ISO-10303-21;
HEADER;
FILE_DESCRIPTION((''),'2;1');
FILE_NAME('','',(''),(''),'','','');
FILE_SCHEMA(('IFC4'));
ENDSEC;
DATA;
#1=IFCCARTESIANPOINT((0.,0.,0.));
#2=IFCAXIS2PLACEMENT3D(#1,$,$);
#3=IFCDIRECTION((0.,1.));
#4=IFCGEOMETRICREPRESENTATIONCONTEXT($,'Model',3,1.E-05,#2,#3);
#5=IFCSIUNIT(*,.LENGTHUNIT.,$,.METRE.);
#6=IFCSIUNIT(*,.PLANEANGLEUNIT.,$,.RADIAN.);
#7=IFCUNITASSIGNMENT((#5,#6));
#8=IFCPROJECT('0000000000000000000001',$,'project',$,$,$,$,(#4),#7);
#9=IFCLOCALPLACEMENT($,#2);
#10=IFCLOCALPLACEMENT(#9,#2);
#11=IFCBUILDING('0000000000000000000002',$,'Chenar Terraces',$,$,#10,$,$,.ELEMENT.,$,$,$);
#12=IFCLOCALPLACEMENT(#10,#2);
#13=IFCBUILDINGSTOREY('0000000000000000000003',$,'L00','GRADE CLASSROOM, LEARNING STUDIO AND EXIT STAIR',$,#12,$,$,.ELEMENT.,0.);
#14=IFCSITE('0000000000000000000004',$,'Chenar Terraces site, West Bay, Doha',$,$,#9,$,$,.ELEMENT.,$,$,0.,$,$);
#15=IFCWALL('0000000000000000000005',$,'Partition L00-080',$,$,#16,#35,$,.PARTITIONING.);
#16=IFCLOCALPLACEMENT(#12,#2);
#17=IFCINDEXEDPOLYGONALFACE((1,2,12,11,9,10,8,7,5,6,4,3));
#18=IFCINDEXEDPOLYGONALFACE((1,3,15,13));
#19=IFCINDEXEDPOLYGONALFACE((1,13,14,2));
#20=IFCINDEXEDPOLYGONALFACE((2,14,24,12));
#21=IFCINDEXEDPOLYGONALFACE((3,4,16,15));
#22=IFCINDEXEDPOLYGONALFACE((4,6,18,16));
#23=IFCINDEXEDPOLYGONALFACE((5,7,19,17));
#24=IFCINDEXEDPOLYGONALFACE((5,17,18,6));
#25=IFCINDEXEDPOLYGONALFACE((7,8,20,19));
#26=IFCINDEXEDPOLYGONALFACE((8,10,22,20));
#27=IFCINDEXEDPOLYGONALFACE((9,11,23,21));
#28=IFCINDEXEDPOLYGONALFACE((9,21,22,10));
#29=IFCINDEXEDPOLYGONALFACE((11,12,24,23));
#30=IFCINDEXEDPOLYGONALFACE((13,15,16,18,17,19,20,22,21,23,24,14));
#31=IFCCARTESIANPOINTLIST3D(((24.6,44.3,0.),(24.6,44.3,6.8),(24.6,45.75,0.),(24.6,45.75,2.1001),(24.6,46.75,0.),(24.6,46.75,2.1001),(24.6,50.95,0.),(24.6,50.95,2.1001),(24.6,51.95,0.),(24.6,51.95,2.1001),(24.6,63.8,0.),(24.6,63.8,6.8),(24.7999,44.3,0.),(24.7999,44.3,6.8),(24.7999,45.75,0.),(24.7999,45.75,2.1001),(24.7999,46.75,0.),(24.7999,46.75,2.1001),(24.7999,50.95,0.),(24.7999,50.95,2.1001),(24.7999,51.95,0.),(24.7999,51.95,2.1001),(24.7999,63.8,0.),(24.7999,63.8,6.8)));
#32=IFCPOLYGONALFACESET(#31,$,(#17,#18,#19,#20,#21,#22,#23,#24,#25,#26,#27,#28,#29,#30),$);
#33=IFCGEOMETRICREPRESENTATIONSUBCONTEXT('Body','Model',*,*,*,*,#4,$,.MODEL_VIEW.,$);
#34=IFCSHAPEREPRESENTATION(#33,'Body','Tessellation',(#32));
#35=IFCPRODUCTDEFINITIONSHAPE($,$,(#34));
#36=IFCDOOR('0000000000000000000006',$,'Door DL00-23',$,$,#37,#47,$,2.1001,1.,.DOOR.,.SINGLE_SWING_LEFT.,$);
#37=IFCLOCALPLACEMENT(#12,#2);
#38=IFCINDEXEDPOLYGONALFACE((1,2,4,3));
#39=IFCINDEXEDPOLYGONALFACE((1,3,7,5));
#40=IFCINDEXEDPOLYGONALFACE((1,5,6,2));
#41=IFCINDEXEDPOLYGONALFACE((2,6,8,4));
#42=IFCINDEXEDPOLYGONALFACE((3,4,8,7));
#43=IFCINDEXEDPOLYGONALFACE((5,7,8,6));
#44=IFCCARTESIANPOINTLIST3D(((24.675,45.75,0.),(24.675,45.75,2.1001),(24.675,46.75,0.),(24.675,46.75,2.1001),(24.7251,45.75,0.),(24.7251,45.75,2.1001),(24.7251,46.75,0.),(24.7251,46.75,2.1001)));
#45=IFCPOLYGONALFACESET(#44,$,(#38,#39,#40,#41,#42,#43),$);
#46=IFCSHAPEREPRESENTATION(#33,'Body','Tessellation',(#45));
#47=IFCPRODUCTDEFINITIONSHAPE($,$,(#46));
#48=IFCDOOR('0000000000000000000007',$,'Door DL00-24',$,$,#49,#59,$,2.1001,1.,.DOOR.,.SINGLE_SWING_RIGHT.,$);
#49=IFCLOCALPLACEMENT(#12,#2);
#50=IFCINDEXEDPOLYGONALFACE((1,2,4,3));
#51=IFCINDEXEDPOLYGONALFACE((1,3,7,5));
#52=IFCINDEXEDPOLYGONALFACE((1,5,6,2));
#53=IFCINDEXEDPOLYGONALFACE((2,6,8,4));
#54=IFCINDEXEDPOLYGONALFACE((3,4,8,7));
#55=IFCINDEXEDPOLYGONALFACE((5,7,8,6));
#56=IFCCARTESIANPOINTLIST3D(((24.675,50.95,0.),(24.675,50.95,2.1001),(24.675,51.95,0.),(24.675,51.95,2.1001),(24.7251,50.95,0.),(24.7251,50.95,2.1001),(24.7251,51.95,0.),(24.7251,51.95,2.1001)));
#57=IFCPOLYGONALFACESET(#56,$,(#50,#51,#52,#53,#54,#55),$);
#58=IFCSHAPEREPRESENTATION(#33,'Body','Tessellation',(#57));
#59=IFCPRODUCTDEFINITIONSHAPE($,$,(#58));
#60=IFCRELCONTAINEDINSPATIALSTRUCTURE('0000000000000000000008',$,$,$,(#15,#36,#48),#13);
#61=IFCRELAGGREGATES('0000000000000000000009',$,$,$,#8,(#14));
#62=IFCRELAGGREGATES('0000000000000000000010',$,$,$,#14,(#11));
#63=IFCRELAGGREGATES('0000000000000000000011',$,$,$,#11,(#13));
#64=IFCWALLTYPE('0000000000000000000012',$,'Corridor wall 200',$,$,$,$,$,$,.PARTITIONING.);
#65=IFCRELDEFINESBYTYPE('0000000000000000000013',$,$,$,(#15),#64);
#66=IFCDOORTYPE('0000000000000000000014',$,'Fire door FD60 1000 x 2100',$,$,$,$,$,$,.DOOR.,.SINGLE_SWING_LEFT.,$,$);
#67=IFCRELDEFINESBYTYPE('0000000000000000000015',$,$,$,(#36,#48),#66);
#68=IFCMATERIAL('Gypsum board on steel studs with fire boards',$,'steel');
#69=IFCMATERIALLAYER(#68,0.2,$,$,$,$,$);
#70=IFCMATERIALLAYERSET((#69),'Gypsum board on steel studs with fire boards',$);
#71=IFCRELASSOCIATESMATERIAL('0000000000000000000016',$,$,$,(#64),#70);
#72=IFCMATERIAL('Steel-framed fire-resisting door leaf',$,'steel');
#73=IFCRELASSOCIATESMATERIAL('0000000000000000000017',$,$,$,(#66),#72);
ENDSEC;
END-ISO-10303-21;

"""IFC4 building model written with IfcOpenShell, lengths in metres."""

from ifc_helpers import new_model, si_unit, direction, frame, frame_2d, origin, place, context, subcontext, project, spatial, rectangle, extrude, material, layer, layer_set, type_object, element, fill, save


model = new_model("IFC4")

# Units and contexts
model_context = context("Model", 3, precision=1e-05, world=origin(), true_north=direction((0.0, 1.0)))
body_context = subcontext(model_context, "Body", "Model", "MODEL_VIEW")
ifc_project = project(units=[si_unit("LENGTHUNIT", "METRE"), si_unit("PLANEANGLEUNIT", "RADIAN")], contexts=[model_context])

# Site, building, storey
site_placement = place(None, origin())
site = spatial("IfcSite", under=ifc_project, at=site_placement, Name="Chenar Terraces site, West Bay, Doha", CompositionType="ELEMENT", RefElevation=0.0)
building_placement = place(site_placement, origin())
building = spatial("IfcBuilding", under=site, at=building_placement, Name="Chenar Terraces", CompositionType="ELEMENT")
storey_placement = place(building_placement, origin())
storey = spatial("IfcBuildingStorey", under=building, at=storey_placement, Name="L00", Description="GRADE CLASSROOM, LEARNING STUDIO AND EXIT STAIR", CompositionType="ELEMENT", Elevation=0.0)

# Wall, openings, doors
ifc_material_1 = material(Name="Gypsum board on steel studs with fire boards", Category="steel")
ifc_layer_1 = layer(ifc_material_1, 0.2)
ifc_layer_set_1 = layer_set([ifc_layer_1], Name="Gypsum board on steel studs with fire boards")
wall_type_1 = type_object("IfcWallType", Name="Corridor wall 200", PredefinedType="PARTITIONING", material=ifc_layer_set_1)
wall_1_placement = place(storey_placement, frame((24.7, 44.3, 0.0), z_axis=(0.0, 0.0, 1.0), x_axis=(0.0, 1.0, 0.0)))
wall_1 = element("IfcWall", 1, at=wall_1_placement, inside=storey, type_object=wall_type_1, Name="Partition L00-080", PredefinedType="PARTITIONING", context=body_context, shape_type="SweptSolid", body=[
    extrude(rectangle(XDim=19.5, YDim=0.2, at=frame_2d((9.75, 0.0))), origin(), (0.0, 0.0, 1.0), 6.8),
])
opening_1_placement = place(wall_1_placement, frame((1.45, 0.0, 0.0)))
opening_1 = element("IfcOpeningElement", 2, at=opening_1_placement, cuts=wall_1, PredefinedType="OPENING", context=body_context, shape_type="SweptSolid", body=[
    extrude(rectangle(XDim=1.0, YDim=2.1001, at=frame_2d((0.5, 1.05))), frame((0.0, 0.1099, 0.0), z_axis=(0.0, -1.0, 0.0), x_axis=(1.0, 0.0, 0.0)), (0.0, 0.0, 1.0), 0.22),
])
opening_2_placement = place(wall_1_placement, frame((6.6499, 0.0, 0.0)))
opening_2 = element("IfcOpeningElement", 3, at=opening_2_placement, cuts=wall_1, PredefinedType="OPENING", context=body_context, shape_type="SweptSolid", body=[
    extrude(rectangle(XDim=1.0, YDim=2.1001, at=frame_2d((0.5, 1.05))), frame((0.0, 0.1099, 0.0), z_axis=(0.0, -1.0, 0.0), x_axis=(1.0, 0.0, 0.0)), (0.0, 0.0, 1.0), 0.22),
])
ifc_material_2 = material(Name="Steel-framed fire-resisting door leaf", Category="steel")
door_type = type_object("IfcDoorType", Name="Fire door FD60 1000 x 2100", OperationType="SINGLE_SWING_LEFT", PredefinedType="DOOR", material=ifc_material_2)
door_1_placement = place(opening_1_placement, origin())
door_1 = element("IfcDoor", 4, at=door_1_placement, inside=storey, type_object=door_type, Name="Door DL00-23", OperationType="SINGLE_SWING_LEFT", OverallHeight=2.1001, OverallWidth=1.0, PredefinedType="DOOR", context=body_context, shape_type="SweptSolid", body=[
    extrude(rectangle(XDim=1.0, YDim=2.1001, at=frame_2d((0.5, 1.05))), frame((0.0, 0.0249, 0.0), z_axis=(0.0, -1.0, 0.0), x_axis=(1.0, 0.0, 0.0)), (0.0, 0.0, 1.0), 0.05),
])
fill(opening_1, door_1)
door_2_placement = place(opening_2_placement, origin())
door_2 = element("IfcDoor", 5, at=door_2_placement, inside=storey, type_object=door_type, Name="Door DL00-24", OperationType="SINGLE_SWING_RIGHT", OverallHeight=2.1001, OverallWidth=1.0, PredefinedType="DOOR", context=body_context, shape_type="SweptSolid", body=[
    extrude(rectangle(XDim=1.0, YDim=2.1001, at=frame_2d((0.5, 1.05))), frame((0.0, 0.0249, 0.0), z_axis=(0.0, -1.0, 0.0), x_axis=(1.0, 0.0, 0.0)), (0.0, 0.0, 1.0), 0.05),
])
fill(opening_2, door_2)

save(model, "model.ifc")
